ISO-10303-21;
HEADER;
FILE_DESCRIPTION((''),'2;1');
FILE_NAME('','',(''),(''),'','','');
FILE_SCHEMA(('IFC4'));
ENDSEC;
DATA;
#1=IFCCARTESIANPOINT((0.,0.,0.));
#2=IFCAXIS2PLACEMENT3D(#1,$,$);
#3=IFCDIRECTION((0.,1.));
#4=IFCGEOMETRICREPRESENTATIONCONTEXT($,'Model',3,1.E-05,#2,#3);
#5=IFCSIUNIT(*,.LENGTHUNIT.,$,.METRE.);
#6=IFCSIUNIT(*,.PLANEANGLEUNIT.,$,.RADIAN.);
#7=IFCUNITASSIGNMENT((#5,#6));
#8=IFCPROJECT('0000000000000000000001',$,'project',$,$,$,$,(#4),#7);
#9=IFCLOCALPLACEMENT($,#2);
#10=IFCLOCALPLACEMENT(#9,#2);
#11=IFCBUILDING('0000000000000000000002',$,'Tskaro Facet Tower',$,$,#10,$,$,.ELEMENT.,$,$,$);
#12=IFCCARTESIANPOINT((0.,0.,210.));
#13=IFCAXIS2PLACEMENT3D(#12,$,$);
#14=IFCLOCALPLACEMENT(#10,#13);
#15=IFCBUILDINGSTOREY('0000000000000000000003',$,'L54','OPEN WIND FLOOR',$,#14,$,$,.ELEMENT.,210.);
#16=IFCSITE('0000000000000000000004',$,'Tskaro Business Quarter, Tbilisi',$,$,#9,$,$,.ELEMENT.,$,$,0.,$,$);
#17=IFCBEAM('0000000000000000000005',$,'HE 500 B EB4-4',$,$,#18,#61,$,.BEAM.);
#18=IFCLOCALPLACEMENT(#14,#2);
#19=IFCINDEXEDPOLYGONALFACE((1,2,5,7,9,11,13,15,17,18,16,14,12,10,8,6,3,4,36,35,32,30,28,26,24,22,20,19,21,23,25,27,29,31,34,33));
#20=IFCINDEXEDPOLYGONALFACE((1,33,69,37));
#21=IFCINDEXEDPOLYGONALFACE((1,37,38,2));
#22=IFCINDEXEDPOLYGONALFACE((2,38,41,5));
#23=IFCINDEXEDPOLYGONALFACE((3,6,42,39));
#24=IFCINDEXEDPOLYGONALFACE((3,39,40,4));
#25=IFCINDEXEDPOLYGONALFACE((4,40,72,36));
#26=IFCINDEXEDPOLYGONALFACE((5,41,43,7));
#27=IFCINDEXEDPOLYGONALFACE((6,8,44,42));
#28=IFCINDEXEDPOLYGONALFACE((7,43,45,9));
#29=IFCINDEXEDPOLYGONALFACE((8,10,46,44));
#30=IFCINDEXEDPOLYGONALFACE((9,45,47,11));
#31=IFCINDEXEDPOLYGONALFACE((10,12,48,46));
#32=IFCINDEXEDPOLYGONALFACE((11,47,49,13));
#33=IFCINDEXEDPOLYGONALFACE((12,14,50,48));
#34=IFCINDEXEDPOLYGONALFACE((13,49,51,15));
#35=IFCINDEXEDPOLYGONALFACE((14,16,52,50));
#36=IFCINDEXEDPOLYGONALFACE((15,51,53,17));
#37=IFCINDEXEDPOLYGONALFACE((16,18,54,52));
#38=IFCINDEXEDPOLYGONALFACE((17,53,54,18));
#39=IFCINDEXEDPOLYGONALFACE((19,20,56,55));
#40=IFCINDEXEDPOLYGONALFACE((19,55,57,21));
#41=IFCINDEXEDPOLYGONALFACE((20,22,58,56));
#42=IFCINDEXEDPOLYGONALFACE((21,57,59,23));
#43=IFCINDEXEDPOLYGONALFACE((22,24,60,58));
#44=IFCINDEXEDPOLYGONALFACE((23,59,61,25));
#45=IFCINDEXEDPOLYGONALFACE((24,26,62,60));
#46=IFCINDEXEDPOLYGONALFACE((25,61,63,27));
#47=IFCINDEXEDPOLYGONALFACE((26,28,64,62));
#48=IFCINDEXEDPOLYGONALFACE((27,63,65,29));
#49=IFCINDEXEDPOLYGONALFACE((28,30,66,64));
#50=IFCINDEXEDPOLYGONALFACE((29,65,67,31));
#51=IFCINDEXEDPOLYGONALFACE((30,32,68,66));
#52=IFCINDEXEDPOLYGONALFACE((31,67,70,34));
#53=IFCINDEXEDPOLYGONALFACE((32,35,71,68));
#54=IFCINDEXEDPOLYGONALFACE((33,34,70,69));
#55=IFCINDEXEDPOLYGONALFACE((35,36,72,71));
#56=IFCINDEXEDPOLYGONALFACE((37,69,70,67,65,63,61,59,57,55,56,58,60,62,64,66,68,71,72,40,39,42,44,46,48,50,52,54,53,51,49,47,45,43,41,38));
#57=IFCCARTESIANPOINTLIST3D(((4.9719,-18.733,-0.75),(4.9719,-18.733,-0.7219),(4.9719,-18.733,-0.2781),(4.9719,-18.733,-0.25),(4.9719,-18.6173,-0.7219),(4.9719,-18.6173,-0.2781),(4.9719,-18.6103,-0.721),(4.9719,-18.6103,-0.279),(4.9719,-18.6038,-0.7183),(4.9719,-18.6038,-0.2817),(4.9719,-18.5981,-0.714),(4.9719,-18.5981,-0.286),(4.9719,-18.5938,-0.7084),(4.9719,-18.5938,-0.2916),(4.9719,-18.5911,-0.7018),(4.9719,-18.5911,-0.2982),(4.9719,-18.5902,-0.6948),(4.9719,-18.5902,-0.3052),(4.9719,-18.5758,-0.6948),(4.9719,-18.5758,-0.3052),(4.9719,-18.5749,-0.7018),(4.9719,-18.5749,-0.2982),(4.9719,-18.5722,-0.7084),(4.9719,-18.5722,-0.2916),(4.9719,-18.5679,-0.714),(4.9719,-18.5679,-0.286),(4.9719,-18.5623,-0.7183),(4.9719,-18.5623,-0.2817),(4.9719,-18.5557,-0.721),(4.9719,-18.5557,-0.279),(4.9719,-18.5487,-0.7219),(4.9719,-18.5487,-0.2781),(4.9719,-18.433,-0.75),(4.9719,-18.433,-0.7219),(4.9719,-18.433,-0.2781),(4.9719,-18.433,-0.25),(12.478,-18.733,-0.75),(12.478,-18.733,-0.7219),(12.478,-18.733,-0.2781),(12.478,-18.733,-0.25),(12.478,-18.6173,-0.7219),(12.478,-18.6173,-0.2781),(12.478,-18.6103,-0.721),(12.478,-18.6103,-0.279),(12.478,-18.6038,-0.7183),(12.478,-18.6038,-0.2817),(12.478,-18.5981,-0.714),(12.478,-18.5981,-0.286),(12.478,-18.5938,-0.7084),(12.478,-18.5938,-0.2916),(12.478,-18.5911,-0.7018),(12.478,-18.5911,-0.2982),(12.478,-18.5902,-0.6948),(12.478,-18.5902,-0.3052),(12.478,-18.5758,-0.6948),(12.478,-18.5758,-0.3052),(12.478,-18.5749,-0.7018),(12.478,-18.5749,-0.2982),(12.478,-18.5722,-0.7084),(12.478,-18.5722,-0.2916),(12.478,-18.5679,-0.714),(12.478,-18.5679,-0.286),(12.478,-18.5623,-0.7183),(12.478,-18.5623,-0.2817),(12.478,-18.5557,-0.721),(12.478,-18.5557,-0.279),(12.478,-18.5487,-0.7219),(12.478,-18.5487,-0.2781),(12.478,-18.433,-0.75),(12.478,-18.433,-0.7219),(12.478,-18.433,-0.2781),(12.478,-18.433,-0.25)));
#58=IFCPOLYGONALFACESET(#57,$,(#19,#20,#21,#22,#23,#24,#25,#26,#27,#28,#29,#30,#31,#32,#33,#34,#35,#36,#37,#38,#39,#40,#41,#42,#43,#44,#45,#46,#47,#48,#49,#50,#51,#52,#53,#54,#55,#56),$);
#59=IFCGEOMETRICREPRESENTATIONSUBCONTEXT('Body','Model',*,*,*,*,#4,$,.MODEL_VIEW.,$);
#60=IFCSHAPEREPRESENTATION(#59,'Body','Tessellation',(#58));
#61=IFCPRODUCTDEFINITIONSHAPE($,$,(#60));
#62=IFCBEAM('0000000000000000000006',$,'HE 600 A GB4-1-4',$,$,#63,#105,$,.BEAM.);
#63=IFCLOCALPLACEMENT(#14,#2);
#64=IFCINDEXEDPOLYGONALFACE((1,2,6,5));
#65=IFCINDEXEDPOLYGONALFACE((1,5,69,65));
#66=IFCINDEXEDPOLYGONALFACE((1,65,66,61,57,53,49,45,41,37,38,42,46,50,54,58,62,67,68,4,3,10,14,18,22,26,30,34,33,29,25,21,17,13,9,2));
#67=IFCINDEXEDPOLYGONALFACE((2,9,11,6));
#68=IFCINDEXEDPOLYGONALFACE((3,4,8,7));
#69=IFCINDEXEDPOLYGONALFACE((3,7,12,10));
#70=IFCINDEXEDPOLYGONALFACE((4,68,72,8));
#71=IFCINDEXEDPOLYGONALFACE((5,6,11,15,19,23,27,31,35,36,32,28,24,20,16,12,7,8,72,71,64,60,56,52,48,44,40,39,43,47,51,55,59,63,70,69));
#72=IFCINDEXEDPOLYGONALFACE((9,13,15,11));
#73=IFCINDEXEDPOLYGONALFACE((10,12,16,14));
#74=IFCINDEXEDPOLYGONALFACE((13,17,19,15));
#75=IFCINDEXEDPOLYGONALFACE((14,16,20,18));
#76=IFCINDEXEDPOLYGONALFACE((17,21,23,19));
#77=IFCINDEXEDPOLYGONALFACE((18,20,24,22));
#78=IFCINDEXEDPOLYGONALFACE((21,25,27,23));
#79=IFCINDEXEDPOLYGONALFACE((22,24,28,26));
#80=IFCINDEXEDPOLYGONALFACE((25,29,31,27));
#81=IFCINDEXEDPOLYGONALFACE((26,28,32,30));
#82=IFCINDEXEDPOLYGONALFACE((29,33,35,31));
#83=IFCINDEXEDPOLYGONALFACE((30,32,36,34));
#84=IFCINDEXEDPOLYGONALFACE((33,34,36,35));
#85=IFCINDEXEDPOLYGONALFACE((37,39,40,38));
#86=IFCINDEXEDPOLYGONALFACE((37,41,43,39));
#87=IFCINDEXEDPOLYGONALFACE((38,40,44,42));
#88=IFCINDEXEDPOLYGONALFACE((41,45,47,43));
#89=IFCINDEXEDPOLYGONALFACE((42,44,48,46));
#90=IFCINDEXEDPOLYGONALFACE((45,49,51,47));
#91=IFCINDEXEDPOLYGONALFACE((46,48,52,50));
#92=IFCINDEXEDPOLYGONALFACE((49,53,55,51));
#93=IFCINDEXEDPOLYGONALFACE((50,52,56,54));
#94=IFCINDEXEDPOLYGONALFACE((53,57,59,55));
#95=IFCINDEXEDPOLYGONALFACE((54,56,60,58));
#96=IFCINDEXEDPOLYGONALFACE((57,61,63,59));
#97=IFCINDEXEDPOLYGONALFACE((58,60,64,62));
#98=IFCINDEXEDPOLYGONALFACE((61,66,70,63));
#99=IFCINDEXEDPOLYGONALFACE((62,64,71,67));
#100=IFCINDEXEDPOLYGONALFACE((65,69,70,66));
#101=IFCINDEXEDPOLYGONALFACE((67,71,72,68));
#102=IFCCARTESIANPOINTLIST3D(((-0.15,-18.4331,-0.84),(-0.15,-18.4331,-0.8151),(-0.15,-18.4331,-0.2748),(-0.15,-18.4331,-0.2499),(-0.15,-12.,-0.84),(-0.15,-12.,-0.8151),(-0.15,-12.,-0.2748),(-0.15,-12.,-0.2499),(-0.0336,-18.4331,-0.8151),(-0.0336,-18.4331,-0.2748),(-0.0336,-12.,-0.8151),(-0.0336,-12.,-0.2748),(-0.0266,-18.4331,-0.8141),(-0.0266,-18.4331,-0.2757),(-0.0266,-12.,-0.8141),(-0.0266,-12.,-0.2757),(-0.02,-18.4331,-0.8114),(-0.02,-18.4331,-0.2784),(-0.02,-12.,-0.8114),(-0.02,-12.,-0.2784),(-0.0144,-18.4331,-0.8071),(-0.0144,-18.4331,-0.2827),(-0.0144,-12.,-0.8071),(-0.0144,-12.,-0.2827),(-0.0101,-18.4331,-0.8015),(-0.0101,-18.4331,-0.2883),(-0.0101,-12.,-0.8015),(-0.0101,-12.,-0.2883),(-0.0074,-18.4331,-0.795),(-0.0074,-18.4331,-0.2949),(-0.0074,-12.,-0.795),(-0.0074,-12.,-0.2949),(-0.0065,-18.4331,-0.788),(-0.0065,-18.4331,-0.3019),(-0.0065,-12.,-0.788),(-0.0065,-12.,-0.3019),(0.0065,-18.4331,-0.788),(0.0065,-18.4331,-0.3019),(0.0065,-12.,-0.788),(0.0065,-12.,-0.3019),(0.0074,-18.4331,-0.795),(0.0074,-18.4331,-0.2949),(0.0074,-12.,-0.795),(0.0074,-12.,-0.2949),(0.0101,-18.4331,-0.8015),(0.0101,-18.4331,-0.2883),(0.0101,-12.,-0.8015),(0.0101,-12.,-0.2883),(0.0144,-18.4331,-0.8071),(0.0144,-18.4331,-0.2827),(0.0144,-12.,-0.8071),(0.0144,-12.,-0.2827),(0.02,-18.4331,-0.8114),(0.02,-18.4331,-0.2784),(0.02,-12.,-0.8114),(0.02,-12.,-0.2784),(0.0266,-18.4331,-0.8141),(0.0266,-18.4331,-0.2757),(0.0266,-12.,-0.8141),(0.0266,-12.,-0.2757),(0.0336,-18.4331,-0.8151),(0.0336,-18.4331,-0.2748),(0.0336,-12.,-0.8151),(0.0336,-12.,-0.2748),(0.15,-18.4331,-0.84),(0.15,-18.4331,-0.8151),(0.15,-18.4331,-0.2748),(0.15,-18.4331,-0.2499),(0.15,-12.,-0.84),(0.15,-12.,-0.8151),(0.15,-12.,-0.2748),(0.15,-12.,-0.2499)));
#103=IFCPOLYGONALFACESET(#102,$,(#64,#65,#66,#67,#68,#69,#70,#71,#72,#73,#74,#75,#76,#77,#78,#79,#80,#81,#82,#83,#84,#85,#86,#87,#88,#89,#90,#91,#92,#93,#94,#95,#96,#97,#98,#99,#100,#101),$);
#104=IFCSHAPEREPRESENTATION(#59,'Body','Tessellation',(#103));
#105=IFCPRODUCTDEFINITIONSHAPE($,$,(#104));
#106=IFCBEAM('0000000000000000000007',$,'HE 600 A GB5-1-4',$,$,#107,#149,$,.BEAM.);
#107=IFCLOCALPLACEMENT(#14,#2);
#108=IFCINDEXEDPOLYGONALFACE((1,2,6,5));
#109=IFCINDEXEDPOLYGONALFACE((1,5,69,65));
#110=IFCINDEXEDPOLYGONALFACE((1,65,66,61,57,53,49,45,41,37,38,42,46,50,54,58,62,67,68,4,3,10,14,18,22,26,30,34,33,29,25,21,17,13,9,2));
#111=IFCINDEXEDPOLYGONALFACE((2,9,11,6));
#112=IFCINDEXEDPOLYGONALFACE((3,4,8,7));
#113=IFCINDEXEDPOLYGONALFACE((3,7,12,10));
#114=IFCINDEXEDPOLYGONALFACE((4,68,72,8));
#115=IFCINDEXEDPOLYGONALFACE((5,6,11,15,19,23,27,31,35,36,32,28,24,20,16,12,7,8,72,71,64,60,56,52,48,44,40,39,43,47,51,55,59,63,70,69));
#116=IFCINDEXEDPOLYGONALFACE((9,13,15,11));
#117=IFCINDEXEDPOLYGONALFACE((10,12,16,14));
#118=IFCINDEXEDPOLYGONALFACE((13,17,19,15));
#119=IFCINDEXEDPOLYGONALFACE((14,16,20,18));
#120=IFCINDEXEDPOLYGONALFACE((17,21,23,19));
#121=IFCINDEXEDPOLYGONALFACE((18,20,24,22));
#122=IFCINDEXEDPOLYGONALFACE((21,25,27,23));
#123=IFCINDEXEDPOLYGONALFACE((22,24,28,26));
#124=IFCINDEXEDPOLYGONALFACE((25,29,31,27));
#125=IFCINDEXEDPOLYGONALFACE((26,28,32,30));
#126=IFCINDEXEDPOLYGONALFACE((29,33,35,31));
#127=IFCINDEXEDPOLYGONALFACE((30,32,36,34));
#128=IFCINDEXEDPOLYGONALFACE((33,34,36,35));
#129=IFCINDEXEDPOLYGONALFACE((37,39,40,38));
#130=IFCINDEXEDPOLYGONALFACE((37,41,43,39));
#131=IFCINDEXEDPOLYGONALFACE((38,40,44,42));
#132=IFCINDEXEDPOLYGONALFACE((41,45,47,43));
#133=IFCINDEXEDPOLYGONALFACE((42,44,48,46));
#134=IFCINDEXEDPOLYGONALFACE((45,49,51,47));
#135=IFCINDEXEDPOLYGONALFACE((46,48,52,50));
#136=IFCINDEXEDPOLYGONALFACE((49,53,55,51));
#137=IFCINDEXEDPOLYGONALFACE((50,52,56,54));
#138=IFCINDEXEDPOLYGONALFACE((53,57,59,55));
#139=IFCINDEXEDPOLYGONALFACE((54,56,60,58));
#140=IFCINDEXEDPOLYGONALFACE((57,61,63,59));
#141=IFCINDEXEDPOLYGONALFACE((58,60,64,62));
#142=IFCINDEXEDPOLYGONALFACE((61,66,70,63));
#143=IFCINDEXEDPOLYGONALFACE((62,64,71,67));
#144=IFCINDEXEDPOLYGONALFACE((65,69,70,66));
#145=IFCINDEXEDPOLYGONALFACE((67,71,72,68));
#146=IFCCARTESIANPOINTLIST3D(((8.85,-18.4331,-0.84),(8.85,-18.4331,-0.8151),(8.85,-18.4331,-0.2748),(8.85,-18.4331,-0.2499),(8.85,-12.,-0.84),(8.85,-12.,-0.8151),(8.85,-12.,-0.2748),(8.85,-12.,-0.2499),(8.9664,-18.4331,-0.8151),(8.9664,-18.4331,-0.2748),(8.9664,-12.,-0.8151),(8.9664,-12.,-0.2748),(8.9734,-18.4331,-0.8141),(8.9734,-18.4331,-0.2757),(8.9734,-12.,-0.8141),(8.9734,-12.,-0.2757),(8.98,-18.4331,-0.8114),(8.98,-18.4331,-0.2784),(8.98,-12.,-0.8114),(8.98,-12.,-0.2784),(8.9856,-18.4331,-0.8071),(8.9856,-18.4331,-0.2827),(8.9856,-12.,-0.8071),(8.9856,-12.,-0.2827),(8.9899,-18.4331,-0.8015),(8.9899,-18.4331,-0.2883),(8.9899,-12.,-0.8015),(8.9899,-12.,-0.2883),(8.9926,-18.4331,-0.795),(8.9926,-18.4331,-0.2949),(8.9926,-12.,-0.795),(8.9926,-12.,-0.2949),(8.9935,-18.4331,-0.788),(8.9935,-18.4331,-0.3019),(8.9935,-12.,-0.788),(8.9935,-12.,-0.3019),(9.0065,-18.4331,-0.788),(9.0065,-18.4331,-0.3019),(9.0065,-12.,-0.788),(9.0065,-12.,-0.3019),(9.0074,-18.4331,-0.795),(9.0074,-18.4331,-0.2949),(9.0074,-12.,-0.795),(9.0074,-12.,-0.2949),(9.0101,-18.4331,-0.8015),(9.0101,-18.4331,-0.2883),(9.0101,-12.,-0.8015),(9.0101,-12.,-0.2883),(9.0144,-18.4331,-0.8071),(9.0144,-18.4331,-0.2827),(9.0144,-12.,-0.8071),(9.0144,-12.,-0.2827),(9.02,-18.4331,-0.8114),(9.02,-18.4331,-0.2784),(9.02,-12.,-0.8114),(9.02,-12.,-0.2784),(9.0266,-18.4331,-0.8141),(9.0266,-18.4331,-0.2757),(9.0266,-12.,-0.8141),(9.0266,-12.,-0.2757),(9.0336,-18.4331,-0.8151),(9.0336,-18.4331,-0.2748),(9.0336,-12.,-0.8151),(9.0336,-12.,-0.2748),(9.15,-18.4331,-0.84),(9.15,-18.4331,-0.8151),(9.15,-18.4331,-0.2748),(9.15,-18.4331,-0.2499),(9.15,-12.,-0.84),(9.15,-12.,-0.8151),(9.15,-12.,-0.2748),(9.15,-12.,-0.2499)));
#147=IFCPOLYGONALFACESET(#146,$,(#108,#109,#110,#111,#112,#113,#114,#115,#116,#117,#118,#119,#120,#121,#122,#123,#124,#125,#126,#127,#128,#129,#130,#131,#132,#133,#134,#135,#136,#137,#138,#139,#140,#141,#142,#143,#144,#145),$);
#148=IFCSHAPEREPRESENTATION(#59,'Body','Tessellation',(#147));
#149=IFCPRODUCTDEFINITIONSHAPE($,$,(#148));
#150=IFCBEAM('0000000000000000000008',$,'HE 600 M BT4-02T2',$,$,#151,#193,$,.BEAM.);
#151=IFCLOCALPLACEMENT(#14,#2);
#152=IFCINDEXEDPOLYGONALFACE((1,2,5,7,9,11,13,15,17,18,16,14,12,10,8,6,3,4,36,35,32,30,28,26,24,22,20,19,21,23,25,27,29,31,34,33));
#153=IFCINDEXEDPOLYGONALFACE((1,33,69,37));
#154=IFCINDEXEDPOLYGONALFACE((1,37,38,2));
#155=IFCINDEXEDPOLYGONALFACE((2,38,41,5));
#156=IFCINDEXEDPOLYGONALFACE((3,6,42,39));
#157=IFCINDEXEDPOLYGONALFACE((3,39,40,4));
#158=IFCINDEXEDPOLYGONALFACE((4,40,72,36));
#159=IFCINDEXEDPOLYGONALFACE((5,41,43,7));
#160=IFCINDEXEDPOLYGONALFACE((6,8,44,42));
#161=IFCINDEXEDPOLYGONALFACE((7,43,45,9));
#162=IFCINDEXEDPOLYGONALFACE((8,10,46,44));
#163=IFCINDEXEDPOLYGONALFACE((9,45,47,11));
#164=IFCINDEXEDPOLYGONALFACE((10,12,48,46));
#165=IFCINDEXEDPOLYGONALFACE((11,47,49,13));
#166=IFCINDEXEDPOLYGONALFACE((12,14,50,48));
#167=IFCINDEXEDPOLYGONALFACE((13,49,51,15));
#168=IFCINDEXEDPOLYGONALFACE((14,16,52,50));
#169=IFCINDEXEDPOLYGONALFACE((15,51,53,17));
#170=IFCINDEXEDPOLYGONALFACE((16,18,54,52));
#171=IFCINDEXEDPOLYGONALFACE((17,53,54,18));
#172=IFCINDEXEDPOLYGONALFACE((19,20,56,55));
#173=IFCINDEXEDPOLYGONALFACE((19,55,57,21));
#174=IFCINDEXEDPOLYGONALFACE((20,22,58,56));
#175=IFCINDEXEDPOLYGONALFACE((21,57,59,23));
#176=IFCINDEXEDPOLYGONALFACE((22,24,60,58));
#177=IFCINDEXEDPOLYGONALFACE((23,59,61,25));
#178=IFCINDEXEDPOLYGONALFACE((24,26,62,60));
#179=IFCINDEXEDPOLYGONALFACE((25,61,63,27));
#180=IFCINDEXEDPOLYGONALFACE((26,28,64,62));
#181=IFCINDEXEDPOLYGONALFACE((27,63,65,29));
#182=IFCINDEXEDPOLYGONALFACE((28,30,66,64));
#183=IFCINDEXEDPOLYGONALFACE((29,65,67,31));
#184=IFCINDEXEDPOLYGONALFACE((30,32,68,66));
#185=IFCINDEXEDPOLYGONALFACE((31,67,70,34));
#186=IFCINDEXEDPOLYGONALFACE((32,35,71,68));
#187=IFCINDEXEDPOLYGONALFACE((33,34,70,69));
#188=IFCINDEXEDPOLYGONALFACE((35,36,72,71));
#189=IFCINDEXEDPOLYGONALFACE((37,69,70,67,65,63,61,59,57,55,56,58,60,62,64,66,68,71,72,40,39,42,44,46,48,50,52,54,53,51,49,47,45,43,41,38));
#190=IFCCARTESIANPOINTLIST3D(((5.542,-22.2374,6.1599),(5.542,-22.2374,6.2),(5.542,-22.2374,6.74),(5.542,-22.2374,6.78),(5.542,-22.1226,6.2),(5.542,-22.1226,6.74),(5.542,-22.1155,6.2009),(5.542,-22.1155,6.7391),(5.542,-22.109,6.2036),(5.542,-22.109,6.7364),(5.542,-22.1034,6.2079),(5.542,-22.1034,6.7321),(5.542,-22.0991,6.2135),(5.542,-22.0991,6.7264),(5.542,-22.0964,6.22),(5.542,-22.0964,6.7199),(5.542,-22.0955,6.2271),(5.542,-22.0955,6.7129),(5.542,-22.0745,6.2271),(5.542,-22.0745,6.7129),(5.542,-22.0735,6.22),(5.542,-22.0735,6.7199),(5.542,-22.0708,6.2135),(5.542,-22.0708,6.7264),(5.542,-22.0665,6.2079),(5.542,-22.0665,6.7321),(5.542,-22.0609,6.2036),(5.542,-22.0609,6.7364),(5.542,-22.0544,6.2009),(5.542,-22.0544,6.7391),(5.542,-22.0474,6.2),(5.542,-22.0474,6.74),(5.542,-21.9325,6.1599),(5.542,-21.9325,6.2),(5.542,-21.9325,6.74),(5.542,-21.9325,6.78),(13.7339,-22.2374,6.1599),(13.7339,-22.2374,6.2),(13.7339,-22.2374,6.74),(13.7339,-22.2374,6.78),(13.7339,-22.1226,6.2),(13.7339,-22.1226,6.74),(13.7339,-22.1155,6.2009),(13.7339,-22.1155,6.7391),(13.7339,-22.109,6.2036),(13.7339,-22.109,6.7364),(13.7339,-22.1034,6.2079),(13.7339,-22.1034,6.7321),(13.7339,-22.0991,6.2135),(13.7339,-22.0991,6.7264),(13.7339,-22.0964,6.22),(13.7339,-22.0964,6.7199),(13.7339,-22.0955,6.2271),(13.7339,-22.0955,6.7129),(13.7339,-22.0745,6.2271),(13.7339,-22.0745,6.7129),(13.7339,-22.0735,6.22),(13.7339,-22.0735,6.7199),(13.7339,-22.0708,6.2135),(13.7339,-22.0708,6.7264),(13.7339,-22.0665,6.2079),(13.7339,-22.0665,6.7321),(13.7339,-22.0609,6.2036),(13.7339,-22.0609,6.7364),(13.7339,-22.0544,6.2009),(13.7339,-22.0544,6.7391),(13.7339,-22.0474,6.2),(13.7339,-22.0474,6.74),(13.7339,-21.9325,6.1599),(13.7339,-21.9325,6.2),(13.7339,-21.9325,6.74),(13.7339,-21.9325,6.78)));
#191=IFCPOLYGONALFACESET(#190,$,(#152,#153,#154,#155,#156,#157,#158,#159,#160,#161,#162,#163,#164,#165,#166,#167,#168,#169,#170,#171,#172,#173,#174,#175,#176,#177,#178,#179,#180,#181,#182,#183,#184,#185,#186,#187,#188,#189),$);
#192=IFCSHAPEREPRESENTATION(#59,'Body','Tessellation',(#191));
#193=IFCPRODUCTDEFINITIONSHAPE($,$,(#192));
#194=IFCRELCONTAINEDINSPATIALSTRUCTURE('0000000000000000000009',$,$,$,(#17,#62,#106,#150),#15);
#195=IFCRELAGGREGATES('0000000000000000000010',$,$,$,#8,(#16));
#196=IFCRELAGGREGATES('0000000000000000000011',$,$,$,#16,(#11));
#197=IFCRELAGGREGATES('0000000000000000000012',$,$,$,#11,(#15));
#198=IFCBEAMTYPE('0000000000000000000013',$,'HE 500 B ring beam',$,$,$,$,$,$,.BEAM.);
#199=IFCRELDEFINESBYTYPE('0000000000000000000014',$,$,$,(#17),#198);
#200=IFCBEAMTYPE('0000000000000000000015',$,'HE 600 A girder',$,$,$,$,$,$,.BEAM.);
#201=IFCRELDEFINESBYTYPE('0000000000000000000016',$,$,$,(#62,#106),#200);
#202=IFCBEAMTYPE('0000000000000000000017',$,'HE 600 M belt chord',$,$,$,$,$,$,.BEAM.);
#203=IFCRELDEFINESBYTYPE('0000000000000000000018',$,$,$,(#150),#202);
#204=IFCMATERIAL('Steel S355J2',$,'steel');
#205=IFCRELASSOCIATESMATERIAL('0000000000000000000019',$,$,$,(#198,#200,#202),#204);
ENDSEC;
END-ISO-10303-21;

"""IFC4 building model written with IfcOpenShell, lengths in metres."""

from ifc_helpers import new_model, si_unit, direction, frame, origin, origin_2d, place, context, subcontext, project, spatial, i_section, extrude, material, material_profile, profile_set, type_object, element, save


model = new_model("IFC4")

# Units and contexts
model_context = context("Model", 3, precision=1e-05, world=origin(), true_north=direction((0.0, 1.0)))
body_context = subcontext(model_context, "Body", "Model", "MODEL_VIEW")
ifc_project = project(units=[si_unit("LENGTHUNIT", "METRE"), si_unit("PLANEANGLEUNIT", "RADIAN")], contexts=[model_context])

# Site, building, storey
site_placement = place(None, origin())
site = spatial("IfcSite", under=ifc_project, at=site_placement, Name="Tskaro Business Quarter, Tbilisi", CompositionType="ELEMENT", RefElevation=0.0)
building_placement = place(site_placement, origin())
building = spatial("IfcBuilding", under=site, at=building_placement, Name="Tskaro Facet Tower", CompositionType="ELEMENT")
storey_placement = place(building_placement, frame((0.0, 0.0, 210.0)))
storey = spatial("IfcBuildingStorey", under=building, at=storey_placement, Name="L54", Description="OPEN WIND FLOOR", CompositionType="ELEMENT", Elevation=210.0)

# Shared definitions
ifc_material_1 = material(Name="Steel S355J2", Category="steel")

# Beams
ifc_material_profile_1 = material_profile(ifc_material_1, i_section(OverallWidth=0.3, OverallDepth=0.5, WebThickness=0.0144, FlangeThickness=0.0281, FilletRadius=0.0271, at=origin_2d()), Name="HE 500 B")
ifc_profile_set_1 = profile_set([ifc_material_profile_1], Name="Steel S355J2")
beam_type_1 = type_object("IfcBeamType", Name="HE 500 B ring beam", PredefinedType="BEAM", material=ifc_profile_set_1)
beam_1_placement = place(storey_placement, frame((4.9719, -18.583, -0.5), z_axis=(1.0, 0.0, 0.0), x_axis=(0.0, 1.0, 0.0)))
element("IfcBeam", 1, at=beam_1_placement, inside=storey, type_object=beam_type_1, Name="HE 500 B EB4-4", PredefinedType="BEAM", context=body_context, shape_type="SweptSolid", body=[
    extrude(i_section(OverallWidth=0.3, OverallDepth=0.5, WebThickness=0.0144, FlangeThickness=0.0281, FilletRadius=0.0271, at=origin_2d()), origin(), (0.0, 0.0, 1.0), 7.5061),
])
ifc_material_profile_2 = material_profile(ifc_material_1, i_section(OverallWidth=0.3, OverallDepth=0.5901, WebThickness=0.0129, FlangeThickness=0.0249, FilletRadius=0.0271, at=origin_2d()), Name="HE 600 A")
ifc_profile_set_2 = profile_set([ifc_material_profile_2], Name="Steel S355J2")
beam_type_2 = type_object("IfcBeamType", Name="HE 600 A girder", PredefinedType="BEAM", material=ifc_profile_set_2)
for number, where, z_axis, x_axis, name in (
    (2, (0.0, -18.4331, -0.5449), (0.0, 1.0, 0.0), (-1.0, 0.0, 0.0), "HE 600 A GB4-1-4"),
    (3, (9.0, -18.4331, -0.5449), (0.0, 1.0, 0.0), (-1.0, 0.0, 0.0), "HE 600 A GB5-1-4"),
):
    element("IfcBeam", number, at=place(storey_placement, frame(where, z_axis=z_axis, x_axis=x_axis)), inside=storey, type_object=beam_type_2, Name=name, PredefinedType="BEAM", context=body_context, shape_type="SweptSolid", body=[
        extrude(i_section(OverallWidth=0.3, OverallDepth=0.5901, WebThickness=0.0129, FlangeThickness=0.0249, FilletRadius=0.0271, at=origin_2d()), origin(), (0.0, 0.0, 1.0), 6.4331),
    ])
ifc_material_profile_3 = material_profile(ifc_material_1, i_section(OverallWidth=0.3049, OverallDepth=0.6201, WebThickness=0.021, FlangeThickness=0.04, FilletRadius=0.0271, at=origin_2d()), Name="HE 600 M")
ifc_profile_set_3 = profile_set([ifc_material_profile_3], Name="Steel S355J2")
beam_type_3 = type_object("IfcBeamType", Name="HE 600 M belt chord", PredefinedType="BEAM", material=ifc_profile_set_3)
beam_2_placement = place(storey_placement, frame((5.542, -22.085, 6.47), z_axis=(1.0, 0.0, 0.0), x_axis=(0.0, 1.0, 0.0)))
element("IfcBeam", 4, at=beam_2_placement, inside=storey, type_object=beam_type_3, Name="HE 600 M BT4-02T2", PredefinedType="BEAM", context=body_context, shape_type="SweptSolid", body=[
    extrude(i_section(OverallWidth=0.3049, OverallDepth=0.6201, WebThickness=0.021, FlangeThickness=0.04, FilletRadius=0.0271, at=origin_2d()), origin(), (0.0, 0.0, 1.0), 8.1919),
])

save(model, "model.ifc")
